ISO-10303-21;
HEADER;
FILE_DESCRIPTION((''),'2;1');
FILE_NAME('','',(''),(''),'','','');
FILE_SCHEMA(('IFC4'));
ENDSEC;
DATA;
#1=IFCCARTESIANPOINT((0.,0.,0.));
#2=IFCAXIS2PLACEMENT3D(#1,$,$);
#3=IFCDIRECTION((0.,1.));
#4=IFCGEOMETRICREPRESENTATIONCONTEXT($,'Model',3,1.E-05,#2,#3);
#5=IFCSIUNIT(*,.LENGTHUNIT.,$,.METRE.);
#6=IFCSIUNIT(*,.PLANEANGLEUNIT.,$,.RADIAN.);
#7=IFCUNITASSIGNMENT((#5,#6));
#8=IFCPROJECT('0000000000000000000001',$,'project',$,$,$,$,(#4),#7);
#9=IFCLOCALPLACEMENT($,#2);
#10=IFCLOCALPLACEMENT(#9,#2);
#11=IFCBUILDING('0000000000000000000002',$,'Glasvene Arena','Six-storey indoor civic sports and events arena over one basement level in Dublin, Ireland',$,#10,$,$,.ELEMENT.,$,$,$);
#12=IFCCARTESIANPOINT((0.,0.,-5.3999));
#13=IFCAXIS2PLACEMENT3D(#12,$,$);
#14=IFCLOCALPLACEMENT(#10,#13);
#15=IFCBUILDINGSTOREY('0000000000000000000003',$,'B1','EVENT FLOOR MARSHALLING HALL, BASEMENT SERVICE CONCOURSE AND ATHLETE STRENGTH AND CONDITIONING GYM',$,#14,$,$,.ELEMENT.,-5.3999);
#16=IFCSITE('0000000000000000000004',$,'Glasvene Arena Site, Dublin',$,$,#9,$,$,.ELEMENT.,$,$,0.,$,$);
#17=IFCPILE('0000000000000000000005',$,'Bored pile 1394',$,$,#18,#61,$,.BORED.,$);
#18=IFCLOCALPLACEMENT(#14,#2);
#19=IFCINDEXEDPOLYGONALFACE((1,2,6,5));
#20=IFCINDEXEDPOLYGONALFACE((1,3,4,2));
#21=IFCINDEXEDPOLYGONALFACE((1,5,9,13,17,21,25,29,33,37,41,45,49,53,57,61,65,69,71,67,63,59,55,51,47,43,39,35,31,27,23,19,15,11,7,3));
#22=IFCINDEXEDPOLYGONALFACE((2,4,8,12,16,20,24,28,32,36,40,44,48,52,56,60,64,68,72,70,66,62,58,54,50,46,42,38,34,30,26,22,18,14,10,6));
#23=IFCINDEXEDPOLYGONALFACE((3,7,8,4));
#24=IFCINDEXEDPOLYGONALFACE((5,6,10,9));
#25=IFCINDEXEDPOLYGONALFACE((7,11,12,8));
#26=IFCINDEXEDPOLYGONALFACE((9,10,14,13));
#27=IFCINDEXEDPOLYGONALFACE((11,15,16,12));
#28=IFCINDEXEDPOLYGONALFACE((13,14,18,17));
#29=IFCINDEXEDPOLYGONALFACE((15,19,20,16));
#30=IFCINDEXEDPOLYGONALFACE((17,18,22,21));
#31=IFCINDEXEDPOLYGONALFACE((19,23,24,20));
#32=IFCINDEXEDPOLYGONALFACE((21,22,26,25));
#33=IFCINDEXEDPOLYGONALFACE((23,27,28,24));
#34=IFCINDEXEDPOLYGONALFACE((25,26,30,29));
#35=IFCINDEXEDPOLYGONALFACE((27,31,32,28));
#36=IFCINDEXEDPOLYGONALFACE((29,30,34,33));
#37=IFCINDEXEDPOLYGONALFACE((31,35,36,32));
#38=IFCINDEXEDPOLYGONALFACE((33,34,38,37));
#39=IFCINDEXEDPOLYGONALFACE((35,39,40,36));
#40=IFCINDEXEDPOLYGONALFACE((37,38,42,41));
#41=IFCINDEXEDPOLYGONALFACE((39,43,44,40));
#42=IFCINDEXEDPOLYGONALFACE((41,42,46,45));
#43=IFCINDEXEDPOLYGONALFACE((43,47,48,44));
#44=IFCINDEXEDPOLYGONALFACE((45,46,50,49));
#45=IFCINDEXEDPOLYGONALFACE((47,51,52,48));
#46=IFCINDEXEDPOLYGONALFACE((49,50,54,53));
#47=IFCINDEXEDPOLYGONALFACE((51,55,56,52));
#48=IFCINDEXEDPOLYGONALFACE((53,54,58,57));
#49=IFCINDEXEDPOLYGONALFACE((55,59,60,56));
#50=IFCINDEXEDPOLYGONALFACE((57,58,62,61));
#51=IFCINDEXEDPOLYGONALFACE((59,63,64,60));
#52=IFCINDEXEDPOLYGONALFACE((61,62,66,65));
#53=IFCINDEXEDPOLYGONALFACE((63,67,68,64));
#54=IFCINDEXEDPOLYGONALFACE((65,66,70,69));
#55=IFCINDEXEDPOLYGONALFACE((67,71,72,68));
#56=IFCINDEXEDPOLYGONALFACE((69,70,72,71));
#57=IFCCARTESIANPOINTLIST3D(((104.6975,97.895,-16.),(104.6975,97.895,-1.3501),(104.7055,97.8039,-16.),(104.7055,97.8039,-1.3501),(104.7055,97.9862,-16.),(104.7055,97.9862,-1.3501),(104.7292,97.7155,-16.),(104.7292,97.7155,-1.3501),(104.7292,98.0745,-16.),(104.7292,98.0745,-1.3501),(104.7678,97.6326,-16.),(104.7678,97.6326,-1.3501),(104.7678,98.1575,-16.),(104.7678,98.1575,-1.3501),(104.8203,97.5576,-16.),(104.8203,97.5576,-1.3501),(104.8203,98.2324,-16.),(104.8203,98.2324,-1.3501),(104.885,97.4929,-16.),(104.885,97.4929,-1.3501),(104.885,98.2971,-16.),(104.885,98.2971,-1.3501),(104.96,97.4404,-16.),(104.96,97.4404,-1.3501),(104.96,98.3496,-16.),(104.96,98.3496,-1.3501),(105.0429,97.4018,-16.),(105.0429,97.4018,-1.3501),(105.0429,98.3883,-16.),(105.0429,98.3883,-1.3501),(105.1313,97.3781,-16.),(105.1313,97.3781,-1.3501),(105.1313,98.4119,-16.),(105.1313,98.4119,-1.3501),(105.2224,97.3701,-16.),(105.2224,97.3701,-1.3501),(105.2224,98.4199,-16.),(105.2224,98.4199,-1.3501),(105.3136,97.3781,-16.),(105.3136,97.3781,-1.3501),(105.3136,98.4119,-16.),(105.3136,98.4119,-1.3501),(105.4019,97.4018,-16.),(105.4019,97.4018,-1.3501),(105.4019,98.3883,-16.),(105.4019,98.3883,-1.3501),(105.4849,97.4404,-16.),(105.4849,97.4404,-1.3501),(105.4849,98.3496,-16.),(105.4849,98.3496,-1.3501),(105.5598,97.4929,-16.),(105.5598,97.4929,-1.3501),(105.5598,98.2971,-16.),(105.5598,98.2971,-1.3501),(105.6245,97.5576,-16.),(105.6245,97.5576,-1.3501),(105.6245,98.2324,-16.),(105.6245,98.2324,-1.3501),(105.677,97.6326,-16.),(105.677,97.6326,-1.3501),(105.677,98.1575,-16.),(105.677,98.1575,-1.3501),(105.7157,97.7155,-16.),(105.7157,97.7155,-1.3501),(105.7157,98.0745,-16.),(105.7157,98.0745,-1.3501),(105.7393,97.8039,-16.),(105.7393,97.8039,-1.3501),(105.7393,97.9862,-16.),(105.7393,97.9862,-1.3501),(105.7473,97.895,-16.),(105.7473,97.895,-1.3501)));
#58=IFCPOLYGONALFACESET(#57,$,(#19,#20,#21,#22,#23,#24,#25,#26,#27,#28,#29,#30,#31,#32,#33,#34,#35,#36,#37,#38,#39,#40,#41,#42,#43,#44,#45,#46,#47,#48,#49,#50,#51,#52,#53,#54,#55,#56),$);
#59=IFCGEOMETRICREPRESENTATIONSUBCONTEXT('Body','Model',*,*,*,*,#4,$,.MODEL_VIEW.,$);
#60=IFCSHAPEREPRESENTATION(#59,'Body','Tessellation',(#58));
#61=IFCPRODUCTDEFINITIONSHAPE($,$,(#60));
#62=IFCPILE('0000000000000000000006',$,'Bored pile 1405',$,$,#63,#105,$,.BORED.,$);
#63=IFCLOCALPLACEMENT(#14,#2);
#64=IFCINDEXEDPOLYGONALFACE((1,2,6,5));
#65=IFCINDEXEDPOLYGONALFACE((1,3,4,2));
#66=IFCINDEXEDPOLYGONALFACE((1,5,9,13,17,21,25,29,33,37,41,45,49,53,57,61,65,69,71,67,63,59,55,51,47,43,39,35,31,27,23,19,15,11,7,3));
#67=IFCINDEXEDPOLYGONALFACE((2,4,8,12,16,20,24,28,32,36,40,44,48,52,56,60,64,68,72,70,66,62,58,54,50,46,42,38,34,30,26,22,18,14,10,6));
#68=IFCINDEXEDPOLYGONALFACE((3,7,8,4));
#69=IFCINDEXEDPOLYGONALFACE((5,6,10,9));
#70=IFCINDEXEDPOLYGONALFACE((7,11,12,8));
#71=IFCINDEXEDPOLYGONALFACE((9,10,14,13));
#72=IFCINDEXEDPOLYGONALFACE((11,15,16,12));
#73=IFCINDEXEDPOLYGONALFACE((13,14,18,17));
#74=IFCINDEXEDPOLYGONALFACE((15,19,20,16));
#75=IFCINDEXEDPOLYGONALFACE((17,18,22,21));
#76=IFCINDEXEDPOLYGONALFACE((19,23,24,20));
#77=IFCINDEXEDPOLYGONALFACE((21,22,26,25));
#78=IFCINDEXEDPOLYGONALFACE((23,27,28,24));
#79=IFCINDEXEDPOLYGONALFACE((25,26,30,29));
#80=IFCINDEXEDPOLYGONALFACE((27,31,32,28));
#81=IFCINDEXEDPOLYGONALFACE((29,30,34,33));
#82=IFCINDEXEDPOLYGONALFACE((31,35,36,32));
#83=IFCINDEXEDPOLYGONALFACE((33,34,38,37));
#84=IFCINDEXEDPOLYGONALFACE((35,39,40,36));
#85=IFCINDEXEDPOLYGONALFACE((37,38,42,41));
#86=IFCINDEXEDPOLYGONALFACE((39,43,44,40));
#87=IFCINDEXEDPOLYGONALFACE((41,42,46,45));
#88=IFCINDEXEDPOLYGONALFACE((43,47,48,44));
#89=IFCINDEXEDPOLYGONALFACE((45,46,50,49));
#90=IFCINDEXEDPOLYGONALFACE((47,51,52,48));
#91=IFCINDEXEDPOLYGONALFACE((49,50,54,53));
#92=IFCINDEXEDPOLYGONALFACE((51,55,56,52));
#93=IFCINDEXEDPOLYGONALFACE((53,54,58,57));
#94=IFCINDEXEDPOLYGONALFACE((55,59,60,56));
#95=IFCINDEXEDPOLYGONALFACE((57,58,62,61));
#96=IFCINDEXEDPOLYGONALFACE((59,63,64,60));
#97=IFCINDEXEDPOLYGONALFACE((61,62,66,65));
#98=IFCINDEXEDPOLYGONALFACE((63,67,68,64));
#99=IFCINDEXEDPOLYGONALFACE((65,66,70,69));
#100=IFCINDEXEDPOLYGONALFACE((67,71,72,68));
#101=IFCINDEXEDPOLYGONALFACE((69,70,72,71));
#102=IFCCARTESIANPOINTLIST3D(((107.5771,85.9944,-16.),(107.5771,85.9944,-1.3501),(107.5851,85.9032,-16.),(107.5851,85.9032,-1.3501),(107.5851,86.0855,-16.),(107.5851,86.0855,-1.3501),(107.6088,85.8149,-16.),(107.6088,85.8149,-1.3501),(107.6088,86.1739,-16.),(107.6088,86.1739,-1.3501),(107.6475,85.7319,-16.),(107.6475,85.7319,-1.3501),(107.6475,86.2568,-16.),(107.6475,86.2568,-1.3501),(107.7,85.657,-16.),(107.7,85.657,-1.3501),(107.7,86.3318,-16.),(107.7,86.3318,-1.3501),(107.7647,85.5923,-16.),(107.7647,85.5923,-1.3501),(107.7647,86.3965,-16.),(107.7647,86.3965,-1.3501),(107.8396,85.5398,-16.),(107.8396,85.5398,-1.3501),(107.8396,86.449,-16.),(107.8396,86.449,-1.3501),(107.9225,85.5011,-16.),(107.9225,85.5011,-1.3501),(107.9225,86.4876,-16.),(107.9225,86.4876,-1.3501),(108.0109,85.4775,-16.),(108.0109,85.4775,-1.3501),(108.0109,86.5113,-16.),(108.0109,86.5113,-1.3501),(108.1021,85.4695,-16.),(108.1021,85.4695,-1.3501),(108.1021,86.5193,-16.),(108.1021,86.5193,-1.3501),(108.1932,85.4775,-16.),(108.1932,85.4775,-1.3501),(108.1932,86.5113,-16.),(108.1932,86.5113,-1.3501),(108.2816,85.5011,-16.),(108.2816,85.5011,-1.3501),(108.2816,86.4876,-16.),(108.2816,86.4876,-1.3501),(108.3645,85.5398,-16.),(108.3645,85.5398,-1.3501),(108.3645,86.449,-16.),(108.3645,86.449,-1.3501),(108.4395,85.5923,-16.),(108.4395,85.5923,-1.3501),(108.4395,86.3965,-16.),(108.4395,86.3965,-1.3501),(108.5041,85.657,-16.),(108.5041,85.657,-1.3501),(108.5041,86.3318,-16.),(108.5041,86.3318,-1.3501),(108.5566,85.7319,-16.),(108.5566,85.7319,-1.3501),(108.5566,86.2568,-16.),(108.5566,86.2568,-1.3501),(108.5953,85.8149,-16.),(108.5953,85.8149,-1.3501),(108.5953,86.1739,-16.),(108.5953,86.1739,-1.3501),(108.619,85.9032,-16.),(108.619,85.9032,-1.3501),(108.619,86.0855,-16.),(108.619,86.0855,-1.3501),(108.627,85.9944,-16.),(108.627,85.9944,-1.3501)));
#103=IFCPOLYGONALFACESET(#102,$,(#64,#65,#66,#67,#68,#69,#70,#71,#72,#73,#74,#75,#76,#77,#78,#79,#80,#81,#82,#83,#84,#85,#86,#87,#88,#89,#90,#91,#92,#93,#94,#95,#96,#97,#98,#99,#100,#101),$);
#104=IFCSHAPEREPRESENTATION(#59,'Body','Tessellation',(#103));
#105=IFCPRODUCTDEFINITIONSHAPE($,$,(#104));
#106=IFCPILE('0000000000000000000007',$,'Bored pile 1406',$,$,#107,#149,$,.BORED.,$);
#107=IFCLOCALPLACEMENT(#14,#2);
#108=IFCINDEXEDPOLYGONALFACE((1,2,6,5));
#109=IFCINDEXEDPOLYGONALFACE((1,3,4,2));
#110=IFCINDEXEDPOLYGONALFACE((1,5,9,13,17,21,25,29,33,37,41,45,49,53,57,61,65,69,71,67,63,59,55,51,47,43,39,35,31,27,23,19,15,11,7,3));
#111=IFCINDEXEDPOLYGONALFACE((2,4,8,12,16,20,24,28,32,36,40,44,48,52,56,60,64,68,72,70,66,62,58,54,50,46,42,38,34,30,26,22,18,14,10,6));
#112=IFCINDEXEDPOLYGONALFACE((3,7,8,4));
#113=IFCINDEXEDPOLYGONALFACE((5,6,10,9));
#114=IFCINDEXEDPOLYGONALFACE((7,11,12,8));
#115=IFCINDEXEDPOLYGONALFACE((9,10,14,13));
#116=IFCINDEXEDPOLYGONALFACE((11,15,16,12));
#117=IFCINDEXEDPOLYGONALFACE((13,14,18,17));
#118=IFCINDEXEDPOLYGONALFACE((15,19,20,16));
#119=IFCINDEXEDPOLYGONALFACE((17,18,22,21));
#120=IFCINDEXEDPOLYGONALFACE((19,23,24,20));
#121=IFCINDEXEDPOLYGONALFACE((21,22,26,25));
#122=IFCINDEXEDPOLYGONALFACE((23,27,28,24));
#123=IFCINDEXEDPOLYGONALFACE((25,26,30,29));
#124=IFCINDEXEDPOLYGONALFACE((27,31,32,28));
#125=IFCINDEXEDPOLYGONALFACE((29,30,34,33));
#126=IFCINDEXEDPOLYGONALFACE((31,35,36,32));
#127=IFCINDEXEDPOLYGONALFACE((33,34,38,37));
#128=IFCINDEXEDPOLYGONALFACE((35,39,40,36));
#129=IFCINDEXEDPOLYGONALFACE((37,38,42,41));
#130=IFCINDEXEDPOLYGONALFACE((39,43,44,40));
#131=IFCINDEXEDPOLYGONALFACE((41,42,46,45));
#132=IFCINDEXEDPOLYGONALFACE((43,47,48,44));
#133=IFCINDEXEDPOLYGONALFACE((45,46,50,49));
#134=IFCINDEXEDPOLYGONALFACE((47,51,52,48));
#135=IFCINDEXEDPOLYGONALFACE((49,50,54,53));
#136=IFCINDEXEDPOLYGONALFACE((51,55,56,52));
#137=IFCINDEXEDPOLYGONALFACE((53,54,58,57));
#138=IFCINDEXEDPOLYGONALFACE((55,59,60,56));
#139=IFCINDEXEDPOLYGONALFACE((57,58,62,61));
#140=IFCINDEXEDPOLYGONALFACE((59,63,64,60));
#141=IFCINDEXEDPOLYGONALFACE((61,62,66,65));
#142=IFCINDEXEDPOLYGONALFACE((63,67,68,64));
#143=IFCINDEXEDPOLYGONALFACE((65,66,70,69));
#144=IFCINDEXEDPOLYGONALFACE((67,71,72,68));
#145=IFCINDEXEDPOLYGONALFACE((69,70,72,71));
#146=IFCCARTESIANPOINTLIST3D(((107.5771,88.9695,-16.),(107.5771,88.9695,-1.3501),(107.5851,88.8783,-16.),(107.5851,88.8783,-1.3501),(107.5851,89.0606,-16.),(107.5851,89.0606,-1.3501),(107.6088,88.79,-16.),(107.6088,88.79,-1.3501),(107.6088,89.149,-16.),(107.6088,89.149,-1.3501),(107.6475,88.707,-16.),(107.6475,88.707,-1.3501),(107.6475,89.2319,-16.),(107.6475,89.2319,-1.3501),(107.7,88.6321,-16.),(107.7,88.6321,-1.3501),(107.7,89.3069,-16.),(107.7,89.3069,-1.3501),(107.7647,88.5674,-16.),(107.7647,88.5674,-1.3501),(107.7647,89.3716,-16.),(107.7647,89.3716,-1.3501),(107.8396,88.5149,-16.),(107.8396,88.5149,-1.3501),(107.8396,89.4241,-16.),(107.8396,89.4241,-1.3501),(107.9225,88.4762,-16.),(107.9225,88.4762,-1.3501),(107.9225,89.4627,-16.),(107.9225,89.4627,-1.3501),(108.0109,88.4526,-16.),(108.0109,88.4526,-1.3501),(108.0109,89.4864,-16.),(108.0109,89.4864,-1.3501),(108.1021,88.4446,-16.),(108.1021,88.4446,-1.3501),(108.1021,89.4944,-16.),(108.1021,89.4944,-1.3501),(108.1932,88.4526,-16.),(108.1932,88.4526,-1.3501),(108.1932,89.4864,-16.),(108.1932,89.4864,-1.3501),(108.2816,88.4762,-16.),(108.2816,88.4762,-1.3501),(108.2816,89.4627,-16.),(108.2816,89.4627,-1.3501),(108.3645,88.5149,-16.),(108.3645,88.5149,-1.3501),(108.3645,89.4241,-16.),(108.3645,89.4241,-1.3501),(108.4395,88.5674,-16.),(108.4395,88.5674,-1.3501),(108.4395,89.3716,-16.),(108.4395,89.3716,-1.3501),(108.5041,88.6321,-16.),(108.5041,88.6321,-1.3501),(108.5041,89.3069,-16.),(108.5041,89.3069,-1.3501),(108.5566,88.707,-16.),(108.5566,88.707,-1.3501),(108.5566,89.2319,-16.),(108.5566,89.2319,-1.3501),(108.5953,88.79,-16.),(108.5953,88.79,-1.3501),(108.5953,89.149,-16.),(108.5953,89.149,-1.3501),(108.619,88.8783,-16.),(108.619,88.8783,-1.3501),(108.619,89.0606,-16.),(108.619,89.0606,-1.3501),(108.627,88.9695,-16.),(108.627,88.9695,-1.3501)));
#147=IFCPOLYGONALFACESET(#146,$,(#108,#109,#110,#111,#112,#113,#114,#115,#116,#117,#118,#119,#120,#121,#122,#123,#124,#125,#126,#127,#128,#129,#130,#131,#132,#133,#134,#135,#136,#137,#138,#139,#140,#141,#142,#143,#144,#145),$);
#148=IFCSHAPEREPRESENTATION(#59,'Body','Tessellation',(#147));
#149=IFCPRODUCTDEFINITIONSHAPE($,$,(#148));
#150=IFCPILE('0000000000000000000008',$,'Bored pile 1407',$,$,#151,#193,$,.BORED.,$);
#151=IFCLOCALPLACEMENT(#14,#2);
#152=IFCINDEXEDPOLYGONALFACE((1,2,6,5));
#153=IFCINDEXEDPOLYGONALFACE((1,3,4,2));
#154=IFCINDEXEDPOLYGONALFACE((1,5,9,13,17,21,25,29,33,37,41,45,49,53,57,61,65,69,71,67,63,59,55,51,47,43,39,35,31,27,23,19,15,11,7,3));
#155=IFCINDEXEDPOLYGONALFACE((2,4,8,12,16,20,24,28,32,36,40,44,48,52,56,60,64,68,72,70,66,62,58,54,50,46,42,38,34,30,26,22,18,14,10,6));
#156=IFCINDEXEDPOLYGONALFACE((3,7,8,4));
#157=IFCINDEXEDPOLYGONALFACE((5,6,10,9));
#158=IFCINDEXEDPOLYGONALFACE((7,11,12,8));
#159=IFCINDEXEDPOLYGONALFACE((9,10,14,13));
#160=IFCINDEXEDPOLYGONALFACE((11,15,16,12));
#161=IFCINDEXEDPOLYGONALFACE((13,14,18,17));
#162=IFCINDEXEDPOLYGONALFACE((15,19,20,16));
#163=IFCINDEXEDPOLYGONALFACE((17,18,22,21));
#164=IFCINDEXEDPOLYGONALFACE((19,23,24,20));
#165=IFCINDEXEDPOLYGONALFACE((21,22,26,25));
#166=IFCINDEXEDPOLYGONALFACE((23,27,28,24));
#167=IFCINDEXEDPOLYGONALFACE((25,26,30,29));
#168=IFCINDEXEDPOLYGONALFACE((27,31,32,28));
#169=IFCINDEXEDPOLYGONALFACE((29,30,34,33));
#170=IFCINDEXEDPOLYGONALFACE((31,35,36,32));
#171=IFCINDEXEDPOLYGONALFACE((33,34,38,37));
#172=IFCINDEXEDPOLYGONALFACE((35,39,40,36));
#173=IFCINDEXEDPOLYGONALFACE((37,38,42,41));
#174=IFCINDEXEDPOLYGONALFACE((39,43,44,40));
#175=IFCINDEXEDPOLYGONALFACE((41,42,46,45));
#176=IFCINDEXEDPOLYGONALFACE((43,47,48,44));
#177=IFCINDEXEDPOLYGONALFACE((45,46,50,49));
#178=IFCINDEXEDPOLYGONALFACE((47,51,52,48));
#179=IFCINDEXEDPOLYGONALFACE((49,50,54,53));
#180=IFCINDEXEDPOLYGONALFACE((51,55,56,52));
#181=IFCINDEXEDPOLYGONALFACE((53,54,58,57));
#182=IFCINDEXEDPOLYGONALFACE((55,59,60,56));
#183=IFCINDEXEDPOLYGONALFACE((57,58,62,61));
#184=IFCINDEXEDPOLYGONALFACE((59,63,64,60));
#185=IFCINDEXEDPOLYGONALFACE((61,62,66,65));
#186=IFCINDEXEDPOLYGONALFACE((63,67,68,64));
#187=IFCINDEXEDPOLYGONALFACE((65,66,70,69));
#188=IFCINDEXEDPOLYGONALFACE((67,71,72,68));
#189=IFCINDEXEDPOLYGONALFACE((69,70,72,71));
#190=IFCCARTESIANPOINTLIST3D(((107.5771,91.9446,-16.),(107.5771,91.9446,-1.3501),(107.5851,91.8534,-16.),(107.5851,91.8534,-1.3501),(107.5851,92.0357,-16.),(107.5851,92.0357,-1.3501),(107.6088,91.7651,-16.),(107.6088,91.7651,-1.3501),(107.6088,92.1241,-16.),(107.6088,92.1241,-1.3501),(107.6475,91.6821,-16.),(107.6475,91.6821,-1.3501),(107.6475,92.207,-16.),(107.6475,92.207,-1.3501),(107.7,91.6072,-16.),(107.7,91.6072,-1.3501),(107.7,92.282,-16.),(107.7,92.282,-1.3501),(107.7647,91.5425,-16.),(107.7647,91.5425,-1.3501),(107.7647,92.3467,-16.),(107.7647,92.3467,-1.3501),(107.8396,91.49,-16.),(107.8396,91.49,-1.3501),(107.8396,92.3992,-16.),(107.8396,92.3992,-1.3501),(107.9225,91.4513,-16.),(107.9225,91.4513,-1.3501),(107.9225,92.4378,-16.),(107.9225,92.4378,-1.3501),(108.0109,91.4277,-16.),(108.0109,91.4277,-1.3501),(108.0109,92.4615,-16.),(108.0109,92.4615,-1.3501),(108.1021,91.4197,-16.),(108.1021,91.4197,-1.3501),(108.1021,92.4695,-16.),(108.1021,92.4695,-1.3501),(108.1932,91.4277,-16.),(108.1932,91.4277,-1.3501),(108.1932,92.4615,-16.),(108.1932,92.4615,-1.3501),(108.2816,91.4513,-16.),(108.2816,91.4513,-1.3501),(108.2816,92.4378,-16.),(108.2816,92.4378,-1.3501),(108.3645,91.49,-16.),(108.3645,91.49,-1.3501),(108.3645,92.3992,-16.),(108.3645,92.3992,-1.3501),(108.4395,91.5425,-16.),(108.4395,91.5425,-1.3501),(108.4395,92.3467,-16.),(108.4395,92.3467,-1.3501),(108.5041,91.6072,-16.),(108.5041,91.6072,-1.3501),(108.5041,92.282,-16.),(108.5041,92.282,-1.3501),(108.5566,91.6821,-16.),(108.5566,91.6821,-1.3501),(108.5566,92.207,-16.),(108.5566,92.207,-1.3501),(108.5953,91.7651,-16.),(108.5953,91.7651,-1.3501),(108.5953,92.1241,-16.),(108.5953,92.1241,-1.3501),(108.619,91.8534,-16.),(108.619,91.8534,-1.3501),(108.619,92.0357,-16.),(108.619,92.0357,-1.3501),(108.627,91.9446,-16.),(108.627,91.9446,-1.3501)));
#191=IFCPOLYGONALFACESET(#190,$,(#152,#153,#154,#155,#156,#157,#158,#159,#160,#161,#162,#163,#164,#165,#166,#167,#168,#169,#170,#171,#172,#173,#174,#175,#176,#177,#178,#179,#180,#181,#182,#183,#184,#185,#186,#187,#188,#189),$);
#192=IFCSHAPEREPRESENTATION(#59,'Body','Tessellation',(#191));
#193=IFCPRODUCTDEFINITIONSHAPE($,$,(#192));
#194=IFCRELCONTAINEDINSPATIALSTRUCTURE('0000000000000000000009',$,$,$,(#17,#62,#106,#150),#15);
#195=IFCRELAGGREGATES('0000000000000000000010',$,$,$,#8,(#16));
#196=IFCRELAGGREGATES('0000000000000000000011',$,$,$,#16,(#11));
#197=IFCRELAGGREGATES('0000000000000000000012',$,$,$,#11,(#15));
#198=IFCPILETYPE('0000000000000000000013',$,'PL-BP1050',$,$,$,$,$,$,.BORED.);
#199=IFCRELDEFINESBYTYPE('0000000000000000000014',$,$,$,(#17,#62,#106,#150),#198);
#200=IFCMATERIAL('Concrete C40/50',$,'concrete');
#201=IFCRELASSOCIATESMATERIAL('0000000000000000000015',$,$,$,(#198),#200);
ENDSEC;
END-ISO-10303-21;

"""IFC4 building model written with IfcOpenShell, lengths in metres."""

from ifc_helpers import new_model, si_unit, direction, frame, origin, origin_2d, place, context, subcontext, project, spatial, circle, extrude, material, material_profile, profile_set, type_object, element, save


model = new_model("IFC4")

# Units and contexts
model_context = context("Model", 3, precision=1e-05, world=origin(), true_north=direction((0.0, 1.0)))
body_context = subcontext(model_context, "Body", "Model", "MODEL_VIEW")
ifc_project = project(units=[si_unit("LENGTHUNIT", "METRE"), si_unit("PLANEANGLEUNIT", "RADIAN")], contexts=[model_context])

# Site, building, storey
site_placement = place(None, origin())
site = spatial("IfcSite", under=ifc_project, at=site_placement, Name="Glasvene Arena Site, Dublin", CompositionType="ELEMENT", RefElevation=0.0)
building_placement = place(site_placement, origin())
building = spatial("IfcBuilding", under=site, at=building_placement, Name="Glasvene Arena", Description="Six-storey indoor civic sports and events arena over one basement level in Dublin, Ireland", CompositionType="ELEMENT")
storey_placement = place(building_placement, frame((0.0, 0.0, -5.3999)))
storey = spatial("IfcBuildingStorey", under=building, at=storey_placement, Name="B1", Description="EVENT FLOOR MARSHALLING HALL, BASEMENT SERVICE CONCOURSE AND ATHLETE STRENGTH AND CONDITIONING GYM", CompositionType="ELEMENT", Elevation=-5.3999)

# Piles
ifc_material_1 = material(Name="Concrete C40/50", Category="concrete")
ifc_material_profile_1 = material_profile(ifc_material_1, circle(Radius=0.5249, at=origin_2d()), Name="BORED PILE 1050")
ifc_profile_set_1 = profile_set([ifc_material_profile_1], Name="Concrete C40/50")
pile_type = type_object("IfcPileType", Name="PL-BP1050", PredefinedType="BORED", material=ifc_profile_set_1)
for number, where, z_axis, x_axis, name in (
    (1, (105.2224, 97.895, -1.3501), (0.0, 0.0, -1.0), (1.0, 0.0, 0.0), "Bored pile 1394"),
    (2, (108.1021, 85.9944, -1.3501), (0.0, 0.0, -1.0), (1.0, 0.0, 0.0), "Bored pile 1405"),
    (3, (108.1021, 88.9695, -1.3501), (0.0, 0.0, -1.0), (1.0, 0.0, 0.0), "Bored pile 1406"),
    (4, (108.1021, 91.9446, -1.3501), (0.0, 0.0, -1.0), (1.0, 0.0, 0.0), "Bored pile 1407"),
):
    element("IfcPile", number, at=place(storey_placement, frame(where, z_axis=z_axis, x_axis=x_axis)), inside=storey, type_object=pile_type, Name=name, PredefinedType="BORED", context=body_context, shape_type="SweptSolid", body=[
        extrude(circle(Radius=0.5249, at=origin_2d()), origin(), (0.0, 0.0, 1.0), 14.6499),
    ])

save(model, "model.ifc")
